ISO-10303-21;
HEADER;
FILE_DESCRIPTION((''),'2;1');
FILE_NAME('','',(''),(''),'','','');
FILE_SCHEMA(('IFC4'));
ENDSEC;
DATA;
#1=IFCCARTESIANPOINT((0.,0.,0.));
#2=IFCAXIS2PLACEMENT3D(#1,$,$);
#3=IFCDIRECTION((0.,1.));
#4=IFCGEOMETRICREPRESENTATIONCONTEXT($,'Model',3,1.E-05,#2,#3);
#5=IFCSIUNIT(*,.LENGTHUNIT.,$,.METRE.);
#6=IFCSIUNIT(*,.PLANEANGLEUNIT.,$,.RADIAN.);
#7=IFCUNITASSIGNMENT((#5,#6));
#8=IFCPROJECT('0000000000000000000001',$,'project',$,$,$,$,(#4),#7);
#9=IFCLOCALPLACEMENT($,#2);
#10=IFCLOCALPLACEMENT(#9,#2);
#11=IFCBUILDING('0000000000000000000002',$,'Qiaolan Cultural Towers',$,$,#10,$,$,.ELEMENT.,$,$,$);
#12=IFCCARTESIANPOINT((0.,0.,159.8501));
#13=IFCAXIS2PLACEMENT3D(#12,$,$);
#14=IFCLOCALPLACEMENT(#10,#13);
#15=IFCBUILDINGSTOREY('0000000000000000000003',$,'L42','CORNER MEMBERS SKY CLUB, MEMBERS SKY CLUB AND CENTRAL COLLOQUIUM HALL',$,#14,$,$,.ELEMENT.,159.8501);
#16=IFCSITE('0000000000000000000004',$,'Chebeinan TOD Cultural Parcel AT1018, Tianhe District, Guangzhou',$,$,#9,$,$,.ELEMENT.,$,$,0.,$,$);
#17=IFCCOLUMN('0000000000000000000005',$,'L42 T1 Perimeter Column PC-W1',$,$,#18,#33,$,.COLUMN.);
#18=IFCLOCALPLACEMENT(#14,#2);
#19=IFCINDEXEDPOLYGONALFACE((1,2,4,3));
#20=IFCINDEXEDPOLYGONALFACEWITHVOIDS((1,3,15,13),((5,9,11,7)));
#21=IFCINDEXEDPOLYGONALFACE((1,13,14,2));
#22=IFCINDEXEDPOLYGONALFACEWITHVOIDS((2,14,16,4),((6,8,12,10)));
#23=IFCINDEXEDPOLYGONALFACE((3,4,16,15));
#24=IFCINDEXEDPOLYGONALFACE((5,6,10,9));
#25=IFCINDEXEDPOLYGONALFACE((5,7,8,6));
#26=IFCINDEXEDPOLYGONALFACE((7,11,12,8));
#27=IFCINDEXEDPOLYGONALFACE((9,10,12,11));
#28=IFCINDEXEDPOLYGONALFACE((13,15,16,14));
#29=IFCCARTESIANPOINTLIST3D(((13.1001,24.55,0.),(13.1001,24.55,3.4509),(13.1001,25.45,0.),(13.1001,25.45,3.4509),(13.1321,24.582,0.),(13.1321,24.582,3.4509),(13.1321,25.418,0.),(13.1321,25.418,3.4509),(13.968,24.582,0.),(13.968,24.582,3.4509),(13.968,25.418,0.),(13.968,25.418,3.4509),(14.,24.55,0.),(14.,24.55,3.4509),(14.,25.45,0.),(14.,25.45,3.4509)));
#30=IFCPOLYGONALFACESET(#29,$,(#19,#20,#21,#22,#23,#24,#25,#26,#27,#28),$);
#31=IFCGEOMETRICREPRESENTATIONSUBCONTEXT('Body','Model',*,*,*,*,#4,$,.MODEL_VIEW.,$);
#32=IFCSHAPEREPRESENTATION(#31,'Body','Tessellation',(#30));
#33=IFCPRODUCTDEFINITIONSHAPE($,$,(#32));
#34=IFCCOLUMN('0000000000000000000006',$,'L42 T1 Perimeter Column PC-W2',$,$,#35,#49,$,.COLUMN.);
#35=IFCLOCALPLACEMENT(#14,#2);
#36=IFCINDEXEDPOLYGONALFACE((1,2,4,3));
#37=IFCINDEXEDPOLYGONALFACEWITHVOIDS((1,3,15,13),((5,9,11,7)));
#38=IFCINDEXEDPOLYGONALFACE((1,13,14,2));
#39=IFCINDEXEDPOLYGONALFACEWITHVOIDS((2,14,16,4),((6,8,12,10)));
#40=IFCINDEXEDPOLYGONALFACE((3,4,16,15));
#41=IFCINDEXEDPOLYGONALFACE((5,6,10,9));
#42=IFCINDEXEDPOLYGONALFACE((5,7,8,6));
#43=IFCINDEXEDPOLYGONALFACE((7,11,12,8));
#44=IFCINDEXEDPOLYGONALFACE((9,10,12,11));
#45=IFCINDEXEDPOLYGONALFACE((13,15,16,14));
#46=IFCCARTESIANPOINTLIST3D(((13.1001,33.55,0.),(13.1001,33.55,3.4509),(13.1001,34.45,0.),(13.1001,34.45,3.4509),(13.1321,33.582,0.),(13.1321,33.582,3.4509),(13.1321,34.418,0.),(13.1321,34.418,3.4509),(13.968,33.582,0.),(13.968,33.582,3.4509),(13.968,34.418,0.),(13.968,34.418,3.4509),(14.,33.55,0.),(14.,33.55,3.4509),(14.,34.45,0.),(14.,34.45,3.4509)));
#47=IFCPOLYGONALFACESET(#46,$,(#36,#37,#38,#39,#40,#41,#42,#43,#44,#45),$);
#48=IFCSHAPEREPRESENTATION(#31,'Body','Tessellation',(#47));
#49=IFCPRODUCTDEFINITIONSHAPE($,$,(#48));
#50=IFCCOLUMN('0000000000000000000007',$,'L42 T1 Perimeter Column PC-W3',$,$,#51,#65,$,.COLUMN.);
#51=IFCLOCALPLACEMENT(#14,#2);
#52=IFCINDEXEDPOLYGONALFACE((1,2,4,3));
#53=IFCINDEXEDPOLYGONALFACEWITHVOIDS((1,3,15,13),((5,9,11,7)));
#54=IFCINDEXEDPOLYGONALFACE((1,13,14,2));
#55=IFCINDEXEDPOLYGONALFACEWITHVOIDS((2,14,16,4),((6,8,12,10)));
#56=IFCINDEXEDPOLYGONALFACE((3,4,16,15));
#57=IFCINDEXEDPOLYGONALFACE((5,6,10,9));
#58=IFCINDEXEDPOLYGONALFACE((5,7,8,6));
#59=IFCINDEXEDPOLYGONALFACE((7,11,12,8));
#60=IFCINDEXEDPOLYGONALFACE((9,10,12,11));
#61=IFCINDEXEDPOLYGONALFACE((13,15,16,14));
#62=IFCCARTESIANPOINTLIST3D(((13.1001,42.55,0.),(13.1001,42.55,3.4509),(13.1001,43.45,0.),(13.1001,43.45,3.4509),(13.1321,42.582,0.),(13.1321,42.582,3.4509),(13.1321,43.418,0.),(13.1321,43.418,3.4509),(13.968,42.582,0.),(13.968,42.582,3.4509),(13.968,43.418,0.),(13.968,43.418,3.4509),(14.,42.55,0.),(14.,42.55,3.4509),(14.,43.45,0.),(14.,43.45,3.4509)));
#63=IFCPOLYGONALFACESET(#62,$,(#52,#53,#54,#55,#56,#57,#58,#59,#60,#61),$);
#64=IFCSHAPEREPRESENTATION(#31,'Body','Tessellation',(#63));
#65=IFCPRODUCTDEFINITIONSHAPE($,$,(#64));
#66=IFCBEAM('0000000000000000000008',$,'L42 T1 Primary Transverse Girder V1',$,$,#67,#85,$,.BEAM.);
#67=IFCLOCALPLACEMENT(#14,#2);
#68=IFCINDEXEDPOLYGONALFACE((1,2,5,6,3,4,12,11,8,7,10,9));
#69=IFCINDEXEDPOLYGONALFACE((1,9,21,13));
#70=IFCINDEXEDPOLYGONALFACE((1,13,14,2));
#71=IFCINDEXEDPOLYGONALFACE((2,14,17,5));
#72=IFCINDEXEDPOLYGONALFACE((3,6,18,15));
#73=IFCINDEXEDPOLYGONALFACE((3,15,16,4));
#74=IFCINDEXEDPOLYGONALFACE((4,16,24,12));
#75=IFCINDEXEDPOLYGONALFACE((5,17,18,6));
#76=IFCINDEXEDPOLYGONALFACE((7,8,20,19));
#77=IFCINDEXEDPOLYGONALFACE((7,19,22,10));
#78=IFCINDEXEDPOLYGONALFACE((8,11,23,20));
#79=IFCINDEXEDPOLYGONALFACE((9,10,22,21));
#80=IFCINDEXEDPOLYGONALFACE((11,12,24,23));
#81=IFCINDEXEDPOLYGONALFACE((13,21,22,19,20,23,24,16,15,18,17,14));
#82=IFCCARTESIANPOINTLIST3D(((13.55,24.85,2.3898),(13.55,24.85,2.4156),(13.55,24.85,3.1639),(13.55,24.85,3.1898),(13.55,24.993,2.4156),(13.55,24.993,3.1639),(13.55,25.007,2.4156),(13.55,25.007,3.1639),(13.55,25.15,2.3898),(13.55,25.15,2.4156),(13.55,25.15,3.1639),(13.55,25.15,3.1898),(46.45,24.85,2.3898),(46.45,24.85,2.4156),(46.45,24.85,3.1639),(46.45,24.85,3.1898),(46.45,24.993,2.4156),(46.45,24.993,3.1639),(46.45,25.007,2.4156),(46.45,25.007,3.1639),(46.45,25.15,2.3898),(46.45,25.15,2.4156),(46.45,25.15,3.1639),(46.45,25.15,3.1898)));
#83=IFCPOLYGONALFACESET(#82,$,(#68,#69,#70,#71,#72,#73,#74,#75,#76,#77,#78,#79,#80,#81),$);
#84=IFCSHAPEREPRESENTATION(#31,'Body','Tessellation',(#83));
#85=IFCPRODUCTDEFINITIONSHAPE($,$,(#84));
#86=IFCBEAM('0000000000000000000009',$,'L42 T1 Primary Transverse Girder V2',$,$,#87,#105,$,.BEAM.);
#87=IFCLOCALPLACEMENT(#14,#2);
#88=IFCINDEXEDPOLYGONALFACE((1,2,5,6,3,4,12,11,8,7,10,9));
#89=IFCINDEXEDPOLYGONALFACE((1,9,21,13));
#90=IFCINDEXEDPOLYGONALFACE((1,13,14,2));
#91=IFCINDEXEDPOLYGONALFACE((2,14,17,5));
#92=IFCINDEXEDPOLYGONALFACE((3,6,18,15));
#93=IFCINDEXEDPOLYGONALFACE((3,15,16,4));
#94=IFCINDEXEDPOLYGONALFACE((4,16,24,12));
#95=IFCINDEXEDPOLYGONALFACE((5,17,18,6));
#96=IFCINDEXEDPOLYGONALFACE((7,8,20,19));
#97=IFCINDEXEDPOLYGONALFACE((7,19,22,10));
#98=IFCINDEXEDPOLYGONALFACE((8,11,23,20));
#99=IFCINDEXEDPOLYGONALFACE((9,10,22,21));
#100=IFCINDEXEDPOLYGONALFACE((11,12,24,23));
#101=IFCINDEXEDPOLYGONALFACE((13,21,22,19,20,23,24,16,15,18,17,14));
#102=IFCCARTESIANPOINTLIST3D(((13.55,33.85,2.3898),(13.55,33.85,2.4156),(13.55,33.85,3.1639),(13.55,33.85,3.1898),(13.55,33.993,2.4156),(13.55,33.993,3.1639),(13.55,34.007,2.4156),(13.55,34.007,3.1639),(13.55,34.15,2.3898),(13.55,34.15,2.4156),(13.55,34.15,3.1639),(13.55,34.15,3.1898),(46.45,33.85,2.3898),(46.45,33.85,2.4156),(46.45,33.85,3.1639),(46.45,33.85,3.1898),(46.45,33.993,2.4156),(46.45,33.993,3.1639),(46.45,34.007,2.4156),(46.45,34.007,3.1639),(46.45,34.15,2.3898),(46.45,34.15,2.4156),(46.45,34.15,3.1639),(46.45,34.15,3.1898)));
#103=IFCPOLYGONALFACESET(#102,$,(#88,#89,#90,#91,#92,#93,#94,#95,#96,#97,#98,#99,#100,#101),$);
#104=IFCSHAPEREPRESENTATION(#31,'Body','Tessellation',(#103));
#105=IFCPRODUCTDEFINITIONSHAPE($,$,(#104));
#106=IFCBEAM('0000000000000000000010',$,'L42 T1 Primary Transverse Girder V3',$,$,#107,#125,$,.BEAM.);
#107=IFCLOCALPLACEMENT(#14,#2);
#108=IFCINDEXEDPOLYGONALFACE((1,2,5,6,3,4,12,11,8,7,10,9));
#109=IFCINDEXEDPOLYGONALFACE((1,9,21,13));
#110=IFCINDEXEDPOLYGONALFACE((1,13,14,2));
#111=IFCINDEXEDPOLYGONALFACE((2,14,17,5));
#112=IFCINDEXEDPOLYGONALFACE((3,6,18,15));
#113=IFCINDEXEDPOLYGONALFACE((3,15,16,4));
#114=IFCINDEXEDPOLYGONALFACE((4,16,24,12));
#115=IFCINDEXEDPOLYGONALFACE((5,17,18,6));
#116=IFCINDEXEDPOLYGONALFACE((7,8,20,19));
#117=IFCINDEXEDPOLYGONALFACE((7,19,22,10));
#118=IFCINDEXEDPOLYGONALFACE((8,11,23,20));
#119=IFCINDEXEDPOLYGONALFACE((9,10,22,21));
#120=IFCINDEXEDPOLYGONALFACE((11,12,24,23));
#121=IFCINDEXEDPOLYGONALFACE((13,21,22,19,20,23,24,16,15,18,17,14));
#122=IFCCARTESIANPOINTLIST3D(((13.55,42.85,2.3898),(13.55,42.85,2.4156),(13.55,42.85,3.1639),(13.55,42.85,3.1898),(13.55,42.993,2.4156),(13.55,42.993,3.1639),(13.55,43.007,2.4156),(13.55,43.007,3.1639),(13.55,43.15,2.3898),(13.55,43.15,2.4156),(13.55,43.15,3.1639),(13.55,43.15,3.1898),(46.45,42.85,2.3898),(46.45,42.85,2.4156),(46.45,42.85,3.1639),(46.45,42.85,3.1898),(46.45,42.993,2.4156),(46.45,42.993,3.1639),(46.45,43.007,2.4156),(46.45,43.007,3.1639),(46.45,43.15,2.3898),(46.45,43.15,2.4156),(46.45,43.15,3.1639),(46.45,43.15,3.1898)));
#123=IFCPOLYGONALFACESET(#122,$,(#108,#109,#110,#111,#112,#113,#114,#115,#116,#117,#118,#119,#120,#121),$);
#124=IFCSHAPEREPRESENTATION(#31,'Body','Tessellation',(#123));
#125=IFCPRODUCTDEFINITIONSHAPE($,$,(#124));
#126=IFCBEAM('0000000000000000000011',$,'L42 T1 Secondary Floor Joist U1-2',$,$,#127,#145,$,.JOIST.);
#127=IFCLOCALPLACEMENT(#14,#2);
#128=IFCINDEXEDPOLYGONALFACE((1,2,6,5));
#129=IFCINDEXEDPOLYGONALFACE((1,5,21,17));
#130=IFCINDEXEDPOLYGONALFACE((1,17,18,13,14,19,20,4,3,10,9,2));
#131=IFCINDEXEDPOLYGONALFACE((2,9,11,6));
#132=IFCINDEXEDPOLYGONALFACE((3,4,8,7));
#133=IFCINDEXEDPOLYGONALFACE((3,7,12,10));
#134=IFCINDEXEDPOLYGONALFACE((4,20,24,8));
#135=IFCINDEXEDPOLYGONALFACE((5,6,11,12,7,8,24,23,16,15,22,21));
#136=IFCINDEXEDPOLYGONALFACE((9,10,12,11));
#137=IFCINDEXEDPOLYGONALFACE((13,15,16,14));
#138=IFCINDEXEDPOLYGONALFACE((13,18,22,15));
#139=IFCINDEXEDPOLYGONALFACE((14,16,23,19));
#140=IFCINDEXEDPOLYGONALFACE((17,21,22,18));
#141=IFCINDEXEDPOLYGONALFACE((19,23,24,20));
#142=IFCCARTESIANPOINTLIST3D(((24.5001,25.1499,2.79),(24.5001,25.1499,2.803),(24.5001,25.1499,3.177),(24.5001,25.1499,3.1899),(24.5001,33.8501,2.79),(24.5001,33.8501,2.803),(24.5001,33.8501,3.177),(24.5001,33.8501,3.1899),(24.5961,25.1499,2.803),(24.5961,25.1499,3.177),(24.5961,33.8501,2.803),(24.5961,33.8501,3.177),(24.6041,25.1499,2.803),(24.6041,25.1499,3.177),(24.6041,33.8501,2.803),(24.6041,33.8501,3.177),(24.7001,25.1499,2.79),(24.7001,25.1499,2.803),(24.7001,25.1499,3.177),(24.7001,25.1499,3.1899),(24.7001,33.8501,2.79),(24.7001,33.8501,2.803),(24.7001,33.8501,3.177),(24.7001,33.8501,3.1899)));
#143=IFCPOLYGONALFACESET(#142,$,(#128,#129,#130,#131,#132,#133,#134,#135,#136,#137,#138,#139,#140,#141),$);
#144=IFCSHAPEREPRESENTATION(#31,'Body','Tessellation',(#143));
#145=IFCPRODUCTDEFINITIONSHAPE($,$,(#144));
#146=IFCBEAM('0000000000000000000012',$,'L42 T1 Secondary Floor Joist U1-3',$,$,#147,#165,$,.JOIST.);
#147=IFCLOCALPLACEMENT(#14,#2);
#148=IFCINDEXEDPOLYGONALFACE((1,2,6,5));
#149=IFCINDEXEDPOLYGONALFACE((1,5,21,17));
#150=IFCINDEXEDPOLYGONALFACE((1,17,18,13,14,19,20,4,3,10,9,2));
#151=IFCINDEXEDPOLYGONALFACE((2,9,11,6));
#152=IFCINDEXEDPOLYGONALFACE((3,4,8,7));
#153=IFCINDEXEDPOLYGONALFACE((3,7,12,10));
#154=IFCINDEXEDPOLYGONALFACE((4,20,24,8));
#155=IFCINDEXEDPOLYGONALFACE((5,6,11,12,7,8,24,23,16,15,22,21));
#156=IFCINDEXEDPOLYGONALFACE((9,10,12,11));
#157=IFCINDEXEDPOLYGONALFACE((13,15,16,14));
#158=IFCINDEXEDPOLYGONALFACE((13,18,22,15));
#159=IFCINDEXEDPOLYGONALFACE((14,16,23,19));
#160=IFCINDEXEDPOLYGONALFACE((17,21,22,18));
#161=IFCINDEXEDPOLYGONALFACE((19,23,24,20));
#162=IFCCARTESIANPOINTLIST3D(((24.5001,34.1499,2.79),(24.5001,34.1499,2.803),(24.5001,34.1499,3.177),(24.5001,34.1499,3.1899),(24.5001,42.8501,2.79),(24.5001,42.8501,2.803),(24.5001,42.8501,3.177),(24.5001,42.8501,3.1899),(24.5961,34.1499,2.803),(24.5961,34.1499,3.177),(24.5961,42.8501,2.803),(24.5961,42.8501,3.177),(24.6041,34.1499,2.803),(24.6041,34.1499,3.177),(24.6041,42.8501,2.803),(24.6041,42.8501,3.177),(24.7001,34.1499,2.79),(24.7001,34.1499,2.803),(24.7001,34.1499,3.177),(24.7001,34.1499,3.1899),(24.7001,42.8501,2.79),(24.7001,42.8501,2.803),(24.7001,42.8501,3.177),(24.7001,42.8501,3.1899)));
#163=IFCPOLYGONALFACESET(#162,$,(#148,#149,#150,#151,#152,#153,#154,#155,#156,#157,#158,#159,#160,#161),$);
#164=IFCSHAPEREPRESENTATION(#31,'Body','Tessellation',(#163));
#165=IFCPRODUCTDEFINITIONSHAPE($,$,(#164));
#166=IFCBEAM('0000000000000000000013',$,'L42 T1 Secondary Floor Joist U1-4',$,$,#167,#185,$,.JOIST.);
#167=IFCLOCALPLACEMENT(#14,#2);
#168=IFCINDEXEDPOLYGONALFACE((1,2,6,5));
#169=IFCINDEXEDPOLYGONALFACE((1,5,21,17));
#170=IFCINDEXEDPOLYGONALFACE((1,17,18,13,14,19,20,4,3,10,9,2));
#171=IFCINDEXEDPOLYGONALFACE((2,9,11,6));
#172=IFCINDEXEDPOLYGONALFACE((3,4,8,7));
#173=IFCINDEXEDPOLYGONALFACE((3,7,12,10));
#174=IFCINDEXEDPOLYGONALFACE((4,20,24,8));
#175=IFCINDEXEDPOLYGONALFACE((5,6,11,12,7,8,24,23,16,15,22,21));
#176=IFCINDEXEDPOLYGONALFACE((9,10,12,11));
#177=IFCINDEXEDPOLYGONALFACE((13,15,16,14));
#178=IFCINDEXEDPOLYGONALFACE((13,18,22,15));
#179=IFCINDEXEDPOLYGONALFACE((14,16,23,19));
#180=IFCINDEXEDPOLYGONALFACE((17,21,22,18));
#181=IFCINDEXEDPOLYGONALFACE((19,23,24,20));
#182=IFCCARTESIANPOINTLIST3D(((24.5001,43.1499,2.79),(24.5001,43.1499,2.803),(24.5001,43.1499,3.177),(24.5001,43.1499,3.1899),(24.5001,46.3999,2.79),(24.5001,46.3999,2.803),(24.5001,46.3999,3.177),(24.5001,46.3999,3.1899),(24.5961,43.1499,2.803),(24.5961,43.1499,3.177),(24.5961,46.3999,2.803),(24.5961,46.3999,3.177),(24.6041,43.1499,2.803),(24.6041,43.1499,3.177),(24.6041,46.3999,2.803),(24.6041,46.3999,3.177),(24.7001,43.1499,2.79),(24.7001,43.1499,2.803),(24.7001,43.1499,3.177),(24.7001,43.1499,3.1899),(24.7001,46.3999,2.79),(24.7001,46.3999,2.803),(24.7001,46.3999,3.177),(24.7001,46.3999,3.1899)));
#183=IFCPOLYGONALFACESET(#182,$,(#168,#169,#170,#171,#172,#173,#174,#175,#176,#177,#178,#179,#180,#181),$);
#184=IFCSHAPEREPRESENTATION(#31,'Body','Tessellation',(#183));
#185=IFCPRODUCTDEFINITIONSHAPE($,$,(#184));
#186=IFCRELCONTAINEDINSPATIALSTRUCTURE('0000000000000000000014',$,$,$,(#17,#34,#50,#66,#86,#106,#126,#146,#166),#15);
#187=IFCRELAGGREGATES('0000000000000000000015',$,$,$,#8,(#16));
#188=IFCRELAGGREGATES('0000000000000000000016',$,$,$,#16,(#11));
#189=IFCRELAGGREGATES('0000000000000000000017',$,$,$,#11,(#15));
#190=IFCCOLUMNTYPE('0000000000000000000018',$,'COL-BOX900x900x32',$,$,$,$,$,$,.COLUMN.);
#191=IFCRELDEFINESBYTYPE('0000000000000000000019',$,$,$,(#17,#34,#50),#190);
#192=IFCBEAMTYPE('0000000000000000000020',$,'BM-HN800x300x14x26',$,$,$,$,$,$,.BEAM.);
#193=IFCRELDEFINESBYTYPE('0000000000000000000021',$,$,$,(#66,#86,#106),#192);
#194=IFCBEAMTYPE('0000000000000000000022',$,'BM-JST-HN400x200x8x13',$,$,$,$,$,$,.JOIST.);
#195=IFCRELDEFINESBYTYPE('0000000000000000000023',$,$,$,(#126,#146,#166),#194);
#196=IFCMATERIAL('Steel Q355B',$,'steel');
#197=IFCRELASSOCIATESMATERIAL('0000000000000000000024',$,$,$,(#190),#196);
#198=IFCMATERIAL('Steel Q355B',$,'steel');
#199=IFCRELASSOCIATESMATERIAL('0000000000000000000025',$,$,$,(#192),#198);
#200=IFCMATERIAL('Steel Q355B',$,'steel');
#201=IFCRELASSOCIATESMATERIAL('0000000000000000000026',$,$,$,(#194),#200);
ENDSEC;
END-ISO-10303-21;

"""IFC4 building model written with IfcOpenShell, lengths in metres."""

from ifc_helpers import new_model, si_unit, direction, frame, origin, origin_2d, place, context, subcontext, project, spatial, hollow_rectangle, i_section, extrude, material, material_profile, profile_set, type_object, element, save


model = new_model("IFC4")

# Units and contexts
model_context = context("Model", 3, precision=1e-05, world=origin(), true_north=direction((0.0, 1.0)))
body_context = subcontext(model_context, "Body", "Model", "MODEL_VIEW")
ifc_project = project(units=[si_unit("LENGTHUNIT", "METRE"), si_unit("PLANEANGLEUNIT", "RADIAN")], contexts=[model_context])

# Site, building, storey
site_placement = place(None, origin())
site = spatial("IfcSite", under=ifc_project, at=site_placement, Name="Chebeinan TOD Cultural Parcel AT1018, Tianhe District, Guangzhou", CompositionType="ELEMENT", RefElevation=0.0)
building_placement = place(site_placement, origin())
building = spatial("IfcBuilding", under=site, at=building_placement, Name="Qiaolan Cultural Towers", CompositionType="ELEMENT")
storey_placement = place(building_placement, frame((0.0, 0.0, 159.8501)))
storey = spatial("IfcBuildingStorey", under=building, at=storey_placement, Name="L42", Description="CORNER MEMBERS SKY CLUB, MEMBERS SKY CLUB AND CENTRAL COLLOQUIUM HALL", CompositionType="ELEMENT", Elevation=159.8501)

# Columns
ifc_material_1 = material(Name="Steel Q355B", Category="steel")
ifc_material_profile_1 = material_profile(ifc_material_1, hollow_rectangle(XDim=0.8999, YDim=0.8999, WallThickness=0.032, at=origin_2d()), Name="BOX900x900x32")
ifc_profile_set_1 = profile_set([ifc_material_profile_1], Name="Steel Q355B")
column_type = type_object("IfcColumnType", Name="COL-BOX900x900x32", PredefinedType="COLUMN", material=ifc_profile_set_1)
for number, where, z_axis, x_axis, name in (
    (1, (13.55, 25.0, 0.0), (0.0, 0.0, 1.0), (1.0, 0.0, 0.0), "L42 T1 Perimeter Column PC-W1"),
    (2, (13.55, 34.0, 0.0), (0.0, 0.0, 1.0), (1.0, 0.0, 0.0), "L42 T1 Perimeter Column PC-W2"),
    (3, (13.55, 43.0, 0.0), (0.0, 0.0, 1.0), (1.0, 0.0, 0.0), "L42 T1 Perimeter Column PC-W3"),
):
    element("IfcColumn", number, at=place(storey_placement, frame(where, z_axis=z_axis, x_axis=x_axis)), inside=storey, type_object=column_type, Name=name, PredefinedType="COLUMN", context=body_context, shape_type="SweptSolid", body=[
        extrude(hollow_rectangle(XDim=0.8999, YDim=0.8999, WallThickness=0.032, at=origin_2d()), origin(), (0.0, 0.0, 1.0), 3.4509),
    ])

# Beams
ifc_material_2 = material(Name="Steel Q355B", Category="steel")
ifc_material_profile_2 = material_profile(ifc_material_2, i_section(OverallWidth=0.3, OverallDepth=0.8, WebThickness=0.0139, FlangeThickness=0.0259, at=origin_2d()), Name="HN800x300x14x26")
ifc_profile_set_2 = profile_set([ifc_material_profile_2], Name="Steel Q355B")
beam_type_1 = type_object("IfcBeamType", Name="BM-HN800x300x14x26", PredefinedType="BEAM", material=ifc_profile_set_2)
for number, where, z_axis, x_axis, name in (
    (4, (13.55, 25.0, 2.7898), (1.0, 0.0, 0.0), (0.0, 1.0, 0.0), "L42 T1 Primary Transverse Girder V1"),
    (5, (13.55, 34.0, 2.7898), (1.0, 0.0, 0.0), (0.0, 1.0, 0.0), "L42 T1 Primary Transverse Girder V2"),
    (6, (13.55, 43.0, 2.7898), (1.0, 0.0, 0.0), (0.0, 1.0, 0.0), "L42 T1 Primary Transverse Girder V3"),
):
    element("IfcBeam", number, at=place(storey_placement, frame(where, z_axis=z_axis, x_axis=x_axis)), inside=storey, type_object=beam_type_1, Name=name, PredefinedType="BEAM", context=body_context, shape_type="SweptSolid", body=[
        extrude(i_section(OverallWidth=0.3, OverallDepth=0.8, WebThickness=0.0139, FlangeThickness=0.0259, at=origin_2d()), origin(), (0.0, 0.0, 1.0), 32.8999),
    ])
ifc_material_3 = material(Name="Steel Q355B", Category="steel")
ifc_material_profile_3 = material_profile(ifc_material_3, i_section(OverallWidth=0.2, OverallDepth=0.3999, WebThickness=0.0081, FlangeThickness=0.0129, at=origin_2d()), Name="HN400x200x8x13")
ifc_profile_set_3 = profile_set([ifc_material_profile_3], Name="Steel Q355B")
beam_type_2 = type_object("IfcBeamType", Name="BM-JST-HN400x200x8x13", PredefinedType="JOIST", material=ifc_profile_set_3)
for number, where, z_axis, x_axis, name in (
    (7, (24.6001, 25.1499, 2.99), (0.0, 1.0, 0.0), (-1.0, 0.0, 0.0), "L42 T1 Secondary Floor Joist U1-2"),
    (8, (24.6001, 34.1499, 2.99), (0.0, 1.0, 0.0), (-1.0, 0.0, 0.0), "L42 T1 Secondary Floor Joist U1-3"),
):
    element("IfcBeam", number, at=place(storey_placement, frame(where, z_axis=z_axis, x_axis=x_axis)), inside=storey, type_object=beam_type_2, Name=name, PredefinedType="JOIST", context=body_context, shape_type="SweptSolid", body=[
        extrude(i_section(OverallWidth=0.2, OverallDepth=0.3999, WebThickness=0.0081, FlangeThickness=0.0129, at=origin_2d()), origin(), (0.0, 0.0, 1.0), 8.7002),
    ])
beam_1_placement = place(storey_placement, frame((24.6001, 43.1499, 2.99), z_axis=(0.0, 1.0, 0.0), x_axis=(-1.0, 0.0, 0.0)))
element("IfcBeam", 9, at=beam_1_placement, inside=storey, type_object=beam_type_2, Name="L42 T1 Secondary Floor Joist U1-4", PredefinedType="JOIST", context=body_context, shape_type="SweptSolid", body=[
    extrude(i_section(OverallWidth=0.2, OverallDepth=0.3999, WebThickness=0.0081, FlangeThickness=0.0129, at=origin_2d()), origin(), (0.0, 0.0, 1.0), 3.25),
])

save(model, "model.ifc")
